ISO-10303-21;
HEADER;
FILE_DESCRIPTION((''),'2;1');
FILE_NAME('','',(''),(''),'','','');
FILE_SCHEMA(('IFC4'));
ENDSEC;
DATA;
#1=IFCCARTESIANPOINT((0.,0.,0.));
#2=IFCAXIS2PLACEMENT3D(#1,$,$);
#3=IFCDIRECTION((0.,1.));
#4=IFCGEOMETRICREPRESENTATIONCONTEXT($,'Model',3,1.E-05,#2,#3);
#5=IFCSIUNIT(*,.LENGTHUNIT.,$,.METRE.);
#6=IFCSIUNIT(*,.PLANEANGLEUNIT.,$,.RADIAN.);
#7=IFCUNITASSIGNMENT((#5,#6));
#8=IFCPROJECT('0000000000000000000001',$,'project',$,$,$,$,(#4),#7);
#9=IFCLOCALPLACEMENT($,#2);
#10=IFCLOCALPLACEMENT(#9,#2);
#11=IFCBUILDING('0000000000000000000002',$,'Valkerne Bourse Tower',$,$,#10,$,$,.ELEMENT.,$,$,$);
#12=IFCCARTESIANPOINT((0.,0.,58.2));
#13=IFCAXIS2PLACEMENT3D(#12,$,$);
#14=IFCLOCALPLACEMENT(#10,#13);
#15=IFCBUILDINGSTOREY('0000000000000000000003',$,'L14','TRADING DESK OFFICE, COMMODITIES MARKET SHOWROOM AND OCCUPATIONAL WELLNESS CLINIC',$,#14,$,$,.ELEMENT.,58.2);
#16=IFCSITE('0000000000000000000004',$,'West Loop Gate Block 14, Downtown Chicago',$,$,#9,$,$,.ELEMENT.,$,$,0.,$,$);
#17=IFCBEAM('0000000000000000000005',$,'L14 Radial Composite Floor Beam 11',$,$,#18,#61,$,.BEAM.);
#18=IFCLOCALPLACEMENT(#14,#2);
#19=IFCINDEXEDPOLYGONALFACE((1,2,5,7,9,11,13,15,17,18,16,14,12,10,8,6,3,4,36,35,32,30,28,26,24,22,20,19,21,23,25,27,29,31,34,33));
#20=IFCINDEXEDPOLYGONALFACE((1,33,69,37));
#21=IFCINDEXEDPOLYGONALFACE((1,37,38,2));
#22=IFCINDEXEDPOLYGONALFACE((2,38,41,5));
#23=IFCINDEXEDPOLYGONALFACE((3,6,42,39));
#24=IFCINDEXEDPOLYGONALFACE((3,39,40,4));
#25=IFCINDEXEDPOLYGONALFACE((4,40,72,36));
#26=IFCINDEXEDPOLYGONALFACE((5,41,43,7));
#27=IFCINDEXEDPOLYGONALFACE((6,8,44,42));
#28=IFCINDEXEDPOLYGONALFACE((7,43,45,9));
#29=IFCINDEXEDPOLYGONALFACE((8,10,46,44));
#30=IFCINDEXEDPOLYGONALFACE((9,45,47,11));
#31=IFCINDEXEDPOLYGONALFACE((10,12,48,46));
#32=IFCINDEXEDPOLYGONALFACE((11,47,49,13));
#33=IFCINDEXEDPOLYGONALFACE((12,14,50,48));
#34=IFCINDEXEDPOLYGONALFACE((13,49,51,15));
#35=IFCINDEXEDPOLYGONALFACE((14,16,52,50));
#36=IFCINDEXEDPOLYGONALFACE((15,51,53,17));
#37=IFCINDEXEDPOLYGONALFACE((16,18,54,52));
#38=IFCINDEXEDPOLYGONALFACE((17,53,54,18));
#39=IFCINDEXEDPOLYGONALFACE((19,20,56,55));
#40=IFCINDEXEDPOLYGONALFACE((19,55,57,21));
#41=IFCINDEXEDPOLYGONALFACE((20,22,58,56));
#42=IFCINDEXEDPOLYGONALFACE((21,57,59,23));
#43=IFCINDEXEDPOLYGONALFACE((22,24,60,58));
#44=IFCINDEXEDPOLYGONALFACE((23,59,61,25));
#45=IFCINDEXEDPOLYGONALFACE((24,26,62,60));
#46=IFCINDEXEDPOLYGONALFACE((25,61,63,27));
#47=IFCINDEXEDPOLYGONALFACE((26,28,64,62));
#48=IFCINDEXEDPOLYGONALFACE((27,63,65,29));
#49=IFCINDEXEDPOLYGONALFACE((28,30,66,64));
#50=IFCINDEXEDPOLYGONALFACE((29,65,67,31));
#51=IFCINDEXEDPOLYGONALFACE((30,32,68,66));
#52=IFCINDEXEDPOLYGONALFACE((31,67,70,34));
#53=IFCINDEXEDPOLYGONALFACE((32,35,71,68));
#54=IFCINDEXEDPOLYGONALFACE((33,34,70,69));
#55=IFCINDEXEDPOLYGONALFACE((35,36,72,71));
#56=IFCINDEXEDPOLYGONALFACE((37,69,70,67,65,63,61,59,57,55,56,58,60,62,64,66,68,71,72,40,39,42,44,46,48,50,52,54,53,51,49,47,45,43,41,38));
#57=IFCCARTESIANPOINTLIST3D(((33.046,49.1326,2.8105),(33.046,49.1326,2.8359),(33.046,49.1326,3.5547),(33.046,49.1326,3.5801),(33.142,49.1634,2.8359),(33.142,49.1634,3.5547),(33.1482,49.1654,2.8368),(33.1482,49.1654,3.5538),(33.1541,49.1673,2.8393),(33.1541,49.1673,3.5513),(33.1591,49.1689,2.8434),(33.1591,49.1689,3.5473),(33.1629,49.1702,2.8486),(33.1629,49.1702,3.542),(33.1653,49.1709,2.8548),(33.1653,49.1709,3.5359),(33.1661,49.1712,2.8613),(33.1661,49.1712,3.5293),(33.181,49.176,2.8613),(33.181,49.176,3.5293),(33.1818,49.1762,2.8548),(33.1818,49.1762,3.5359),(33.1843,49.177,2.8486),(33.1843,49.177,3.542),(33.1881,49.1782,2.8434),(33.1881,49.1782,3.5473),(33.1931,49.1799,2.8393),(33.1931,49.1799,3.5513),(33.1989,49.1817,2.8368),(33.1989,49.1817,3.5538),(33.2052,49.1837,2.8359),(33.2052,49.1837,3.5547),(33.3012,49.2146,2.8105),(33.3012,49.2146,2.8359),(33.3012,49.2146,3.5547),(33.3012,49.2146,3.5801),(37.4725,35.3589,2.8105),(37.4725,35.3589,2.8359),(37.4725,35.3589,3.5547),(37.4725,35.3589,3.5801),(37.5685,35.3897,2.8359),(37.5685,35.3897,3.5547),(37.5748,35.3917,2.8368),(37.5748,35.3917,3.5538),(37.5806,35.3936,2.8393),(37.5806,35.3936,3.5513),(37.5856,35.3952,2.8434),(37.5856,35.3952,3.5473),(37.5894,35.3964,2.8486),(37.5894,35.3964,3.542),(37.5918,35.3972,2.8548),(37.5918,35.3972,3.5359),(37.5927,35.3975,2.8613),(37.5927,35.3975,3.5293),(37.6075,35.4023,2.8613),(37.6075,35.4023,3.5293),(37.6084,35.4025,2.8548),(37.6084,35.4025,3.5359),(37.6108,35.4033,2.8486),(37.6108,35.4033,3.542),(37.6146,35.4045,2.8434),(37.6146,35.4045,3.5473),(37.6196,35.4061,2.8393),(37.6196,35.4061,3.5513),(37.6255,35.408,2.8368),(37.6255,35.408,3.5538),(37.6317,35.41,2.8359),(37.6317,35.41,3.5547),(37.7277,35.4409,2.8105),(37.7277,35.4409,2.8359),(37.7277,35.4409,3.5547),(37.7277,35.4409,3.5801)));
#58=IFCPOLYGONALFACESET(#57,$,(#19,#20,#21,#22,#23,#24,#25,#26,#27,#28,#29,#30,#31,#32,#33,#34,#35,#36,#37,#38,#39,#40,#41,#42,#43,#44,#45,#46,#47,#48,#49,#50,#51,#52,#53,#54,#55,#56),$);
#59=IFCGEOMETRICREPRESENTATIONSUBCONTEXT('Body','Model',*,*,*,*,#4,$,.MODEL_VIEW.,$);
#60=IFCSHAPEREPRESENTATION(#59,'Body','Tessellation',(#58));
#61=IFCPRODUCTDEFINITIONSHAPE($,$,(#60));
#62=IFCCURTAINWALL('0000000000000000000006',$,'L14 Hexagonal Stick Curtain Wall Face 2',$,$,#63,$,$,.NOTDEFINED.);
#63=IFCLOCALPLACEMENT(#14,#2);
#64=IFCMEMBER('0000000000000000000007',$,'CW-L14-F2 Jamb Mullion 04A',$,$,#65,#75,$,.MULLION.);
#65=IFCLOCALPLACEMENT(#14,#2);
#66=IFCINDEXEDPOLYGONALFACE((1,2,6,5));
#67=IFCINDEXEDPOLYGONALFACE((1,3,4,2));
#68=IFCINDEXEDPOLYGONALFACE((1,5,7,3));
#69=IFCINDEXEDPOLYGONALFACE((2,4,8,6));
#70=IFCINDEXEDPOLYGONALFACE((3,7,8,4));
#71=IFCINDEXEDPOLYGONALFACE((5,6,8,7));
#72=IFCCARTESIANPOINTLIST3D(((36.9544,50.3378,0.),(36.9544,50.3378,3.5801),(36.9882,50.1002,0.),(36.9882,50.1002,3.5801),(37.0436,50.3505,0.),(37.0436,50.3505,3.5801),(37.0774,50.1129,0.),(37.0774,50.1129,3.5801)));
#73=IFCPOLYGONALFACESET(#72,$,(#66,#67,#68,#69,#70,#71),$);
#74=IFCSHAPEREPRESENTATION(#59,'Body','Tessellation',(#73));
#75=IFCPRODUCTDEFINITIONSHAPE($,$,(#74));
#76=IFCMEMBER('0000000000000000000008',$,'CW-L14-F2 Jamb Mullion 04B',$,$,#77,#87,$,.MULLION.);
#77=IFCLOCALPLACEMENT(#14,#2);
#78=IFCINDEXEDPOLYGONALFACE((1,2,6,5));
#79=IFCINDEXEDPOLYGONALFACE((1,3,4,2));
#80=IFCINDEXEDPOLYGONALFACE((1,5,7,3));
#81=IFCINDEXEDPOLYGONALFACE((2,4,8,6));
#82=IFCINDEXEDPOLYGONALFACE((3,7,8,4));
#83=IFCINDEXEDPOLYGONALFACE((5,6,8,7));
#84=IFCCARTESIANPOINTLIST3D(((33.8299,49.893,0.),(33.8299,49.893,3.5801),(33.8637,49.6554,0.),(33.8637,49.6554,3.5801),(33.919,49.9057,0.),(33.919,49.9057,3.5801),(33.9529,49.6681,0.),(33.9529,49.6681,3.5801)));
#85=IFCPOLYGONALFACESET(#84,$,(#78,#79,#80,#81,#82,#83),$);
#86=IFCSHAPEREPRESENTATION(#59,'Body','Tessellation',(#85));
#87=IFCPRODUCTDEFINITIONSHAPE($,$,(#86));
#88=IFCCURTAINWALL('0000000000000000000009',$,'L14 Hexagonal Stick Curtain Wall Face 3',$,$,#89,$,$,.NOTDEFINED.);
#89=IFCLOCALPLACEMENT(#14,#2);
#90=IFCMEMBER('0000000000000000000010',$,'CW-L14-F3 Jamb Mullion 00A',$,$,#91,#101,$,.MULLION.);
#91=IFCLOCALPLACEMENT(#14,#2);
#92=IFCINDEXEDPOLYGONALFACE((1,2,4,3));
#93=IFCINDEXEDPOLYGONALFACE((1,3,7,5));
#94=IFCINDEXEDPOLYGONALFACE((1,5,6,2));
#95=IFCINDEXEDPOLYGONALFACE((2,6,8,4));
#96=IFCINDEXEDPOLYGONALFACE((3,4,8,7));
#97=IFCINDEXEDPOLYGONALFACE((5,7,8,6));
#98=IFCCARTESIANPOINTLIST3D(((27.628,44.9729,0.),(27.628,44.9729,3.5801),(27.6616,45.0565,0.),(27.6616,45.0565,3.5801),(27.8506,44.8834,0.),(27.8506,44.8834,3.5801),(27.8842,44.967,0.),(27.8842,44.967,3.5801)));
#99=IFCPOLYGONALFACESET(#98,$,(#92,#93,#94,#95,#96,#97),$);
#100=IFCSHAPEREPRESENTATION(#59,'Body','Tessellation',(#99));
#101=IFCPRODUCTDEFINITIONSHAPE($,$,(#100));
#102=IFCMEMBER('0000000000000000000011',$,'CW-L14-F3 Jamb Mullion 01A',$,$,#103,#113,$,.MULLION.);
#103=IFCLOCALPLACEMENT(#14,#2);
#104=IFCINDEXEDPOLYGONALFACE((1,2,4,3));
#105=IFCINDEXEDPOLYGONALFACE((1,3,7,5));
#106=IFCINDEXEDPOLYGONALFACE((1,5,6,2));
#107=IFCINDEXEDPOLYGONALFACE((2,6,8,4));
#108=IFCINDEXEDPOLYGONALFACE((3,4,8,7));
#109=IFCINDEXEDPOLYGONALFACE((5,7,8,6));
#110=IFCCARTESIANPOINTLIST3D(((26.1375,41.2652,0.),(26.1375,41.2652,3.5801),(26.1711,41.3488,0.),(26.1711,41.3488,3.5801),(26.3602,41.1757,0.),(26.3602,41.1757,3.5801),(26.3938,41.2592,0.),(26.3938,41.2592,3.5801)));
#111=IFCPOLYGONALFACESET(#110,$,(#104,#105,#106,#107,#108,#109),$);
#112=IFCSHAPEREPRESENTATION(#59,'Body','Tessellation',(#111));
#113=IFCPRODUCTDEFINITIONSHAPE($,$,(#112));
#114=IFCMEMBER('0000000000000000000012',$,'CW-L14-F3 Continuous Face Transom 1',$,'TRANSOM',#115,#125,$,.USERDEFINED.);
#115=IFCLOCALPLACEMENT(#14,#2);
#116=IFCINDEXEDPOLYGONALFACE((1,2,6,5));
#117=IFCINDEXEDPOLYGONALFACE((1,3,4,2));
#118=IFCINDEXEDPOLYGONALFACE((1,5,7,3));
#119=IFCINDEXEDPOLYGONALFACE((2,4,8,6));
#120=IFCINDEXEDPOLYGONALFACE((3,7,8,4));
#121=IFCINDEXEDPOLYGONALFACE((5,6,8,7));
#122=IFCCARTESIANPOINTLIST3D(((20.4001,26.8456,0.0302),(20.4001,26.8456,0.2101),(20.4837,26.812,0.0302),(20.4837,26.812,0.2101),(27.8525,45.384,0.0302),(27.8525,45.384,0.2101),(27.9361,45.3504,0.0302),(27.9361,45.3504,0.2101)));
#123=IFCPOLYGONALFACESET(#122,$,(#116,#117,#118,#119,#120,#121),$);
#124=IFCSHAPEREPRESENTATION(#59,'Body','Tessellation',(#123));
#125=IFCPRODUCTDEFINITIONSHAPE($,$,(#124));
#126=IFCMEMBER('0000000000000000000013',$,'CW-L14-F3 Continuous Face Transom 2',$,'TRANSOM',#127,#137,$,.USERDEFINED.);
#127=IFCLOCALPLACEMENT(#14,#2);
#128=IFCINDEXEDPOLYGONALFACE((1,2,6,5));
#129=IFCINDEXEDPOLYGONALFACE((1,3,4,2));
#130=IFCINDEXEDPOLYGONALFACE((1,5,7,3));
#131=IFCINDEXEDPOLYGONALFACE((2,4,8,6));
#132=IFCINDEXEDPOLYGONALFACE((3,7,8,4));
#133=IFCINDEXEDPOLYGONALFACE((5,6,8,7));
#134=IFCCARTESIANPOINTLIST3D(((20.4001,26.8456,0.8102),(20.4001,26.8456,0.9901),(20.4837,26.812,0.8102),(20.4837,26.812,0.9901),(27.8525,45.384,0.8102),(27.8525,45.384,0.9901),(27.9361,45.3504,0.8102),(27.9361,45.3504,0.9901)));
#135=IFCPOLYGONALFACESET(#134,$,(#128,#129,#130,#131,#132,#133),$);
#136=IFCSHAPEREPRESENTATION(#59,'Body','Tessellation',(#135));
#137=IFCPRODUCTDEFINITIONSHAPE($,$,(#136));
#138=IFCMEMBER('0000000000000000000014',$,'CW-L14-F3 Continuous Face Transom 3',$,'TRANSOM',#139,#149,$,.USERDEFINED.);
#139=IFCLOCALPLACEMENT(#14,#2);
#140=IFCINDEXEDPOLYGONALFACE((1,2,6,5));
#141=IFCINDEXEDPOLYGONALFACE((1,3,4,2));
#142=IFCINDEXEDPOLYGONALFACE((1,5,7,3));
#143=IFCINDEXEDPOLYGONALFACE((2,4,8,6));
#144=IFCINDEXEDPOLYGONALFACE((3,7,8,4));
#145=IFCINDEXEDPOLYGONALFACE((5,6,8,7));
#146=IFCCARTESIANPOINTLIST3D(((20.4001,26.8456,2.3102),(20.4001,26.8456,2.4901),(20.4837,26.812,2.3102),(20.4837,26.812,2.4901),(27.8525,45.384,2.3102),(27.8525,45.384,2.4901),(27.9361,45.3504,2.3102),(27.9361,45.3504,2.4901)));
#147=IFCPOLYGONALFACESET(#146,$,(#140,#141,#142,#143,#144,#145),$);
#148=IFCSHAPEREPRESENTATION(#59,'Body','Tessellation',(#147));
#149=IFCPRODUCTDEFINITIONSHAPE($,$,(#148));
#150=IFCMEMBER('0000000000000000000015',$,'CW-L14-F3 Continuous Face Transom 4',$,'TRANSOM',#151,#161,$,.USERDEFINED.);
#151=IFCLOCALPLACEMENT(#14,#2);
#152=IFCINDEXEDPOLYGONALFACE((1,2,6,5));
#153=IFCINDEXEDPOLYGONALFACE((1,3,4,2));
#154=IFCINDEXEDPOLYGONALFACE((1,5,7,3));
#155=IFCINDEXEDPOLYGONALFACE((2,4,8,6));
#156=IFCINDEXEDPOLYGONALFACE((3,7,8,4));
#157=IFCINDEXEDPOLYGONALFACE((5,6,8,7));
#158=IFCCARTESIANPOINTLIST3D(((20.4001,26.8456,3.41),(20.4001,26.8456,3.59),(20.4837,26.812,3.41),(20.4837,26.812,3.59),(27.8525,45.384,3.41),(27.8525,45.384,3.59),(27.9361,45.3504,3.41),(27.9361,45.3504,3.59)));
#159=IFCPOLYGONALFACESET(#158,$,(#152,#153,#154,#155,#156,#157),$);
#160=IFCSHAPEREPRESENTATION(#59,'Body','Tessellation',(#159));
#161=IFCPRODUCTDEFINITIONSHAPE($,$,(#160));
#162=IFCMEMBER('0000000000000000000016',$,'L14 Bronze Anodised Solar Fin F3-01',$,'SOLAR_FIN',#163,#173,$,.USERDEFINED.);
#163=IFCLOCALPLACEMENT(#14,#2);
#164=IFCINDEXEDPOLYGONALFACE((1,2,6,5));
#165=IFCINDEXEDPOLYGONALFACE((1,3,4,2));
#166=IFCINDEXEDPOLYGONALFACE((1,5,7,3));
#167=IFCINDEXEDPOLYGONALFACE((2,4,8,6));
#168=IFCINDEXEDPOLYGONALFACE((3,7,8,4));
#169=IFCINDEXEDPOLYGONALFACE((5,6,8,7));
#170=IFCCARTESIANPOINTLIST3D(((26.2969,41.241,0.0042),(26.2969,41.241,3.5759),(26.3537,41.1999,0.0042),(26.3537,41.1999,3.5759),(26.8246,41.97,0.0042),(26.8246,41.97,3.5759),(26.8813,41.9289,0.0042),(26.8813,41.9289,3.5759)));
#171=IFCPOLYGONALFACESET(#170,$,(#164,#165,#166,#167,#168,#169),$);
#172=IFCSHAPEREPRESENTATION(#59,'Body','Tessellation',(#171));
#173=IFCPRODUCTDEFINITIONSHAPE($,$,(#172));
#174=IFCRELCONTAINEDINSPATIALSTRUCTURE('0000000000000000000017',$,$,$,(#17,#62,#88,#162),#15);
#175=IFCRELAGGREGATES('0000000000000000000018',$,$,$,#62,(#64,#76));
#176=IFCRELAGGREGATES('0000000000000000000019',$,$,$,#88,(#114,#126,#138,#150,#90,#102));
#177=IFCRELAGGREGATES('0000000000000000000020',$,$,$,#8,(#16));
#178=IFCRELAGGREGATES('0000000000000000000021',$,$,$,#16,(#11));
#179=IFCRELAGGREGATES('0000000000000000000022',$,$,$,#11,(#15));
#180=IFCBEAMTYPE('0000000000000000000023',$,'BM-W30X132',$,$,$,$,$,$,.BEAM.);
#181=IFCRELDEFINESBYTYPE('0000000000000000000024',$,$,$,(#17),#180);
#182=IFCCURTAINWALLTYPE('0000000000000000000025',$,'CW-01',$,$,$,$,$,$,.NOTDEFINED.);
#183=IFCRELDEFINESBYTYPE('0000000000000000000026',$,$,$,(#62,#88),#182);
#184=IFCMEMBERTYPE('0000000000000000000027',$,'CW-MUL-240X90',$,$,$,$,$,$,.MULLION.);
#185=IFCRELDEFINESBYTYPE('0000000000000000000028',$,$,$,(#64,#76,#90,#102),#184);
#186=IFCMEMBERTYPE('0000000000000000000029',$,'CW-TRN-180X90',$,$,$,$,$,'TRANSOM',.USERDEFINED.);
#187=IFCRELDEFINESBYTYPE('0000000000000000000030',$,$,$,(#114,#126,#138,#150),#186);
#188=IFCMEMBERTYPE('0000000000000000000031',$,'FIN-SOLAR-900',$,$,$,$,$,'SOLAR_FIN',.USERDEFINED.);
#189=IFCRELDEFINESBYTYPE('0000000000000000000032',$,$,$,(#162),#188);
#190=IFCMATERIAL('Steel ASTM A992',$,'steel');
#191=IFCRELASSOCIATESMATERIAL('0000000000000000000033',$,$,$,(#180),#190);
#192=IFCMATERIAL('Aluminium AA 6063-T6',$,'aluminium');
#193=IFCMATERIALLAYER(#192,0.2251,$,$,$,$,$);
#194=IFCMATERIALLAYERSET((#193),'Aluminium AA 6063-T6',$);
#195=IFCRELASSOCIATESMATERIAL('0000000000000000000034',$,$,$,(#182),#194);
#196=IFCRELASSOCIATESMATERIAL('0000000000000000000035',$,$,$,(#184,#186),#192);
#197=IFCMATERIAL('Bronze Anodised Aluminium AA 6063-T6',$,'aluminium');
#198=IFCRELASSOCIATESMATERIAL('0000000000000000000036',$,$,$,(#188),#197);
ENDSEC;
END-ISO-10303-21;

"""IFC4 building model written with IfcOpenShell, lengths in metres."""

from ifc_helpers import new_model, si_unit, direction, frame, origin, origin_2d, place, context, subcontext, project, spatial, rectangle, i_section, extrude, material, layer, layer_set, material_profile, profile_set, type_object, element, aggregate, save


model = new_model("IFC4")

# Units and contexts
model_context = context("Model", 3, precision=1e-05, world=origin(), true_north=direction((0.0, 1.0)))
body_context = subcontext(model_context, "Body", "Model", "MODEL_VIEW")
ifc_project = project(units=[si_unit("LENGTHUNIT", "METRE"), si_unit("PLANEANGLEUNIT", "RADIAN")], contexts=[model_context])

# Site, building, storey
site_placement = place(None, origin())
site = spatial("IfcSite", under=ifc_project, at=site_placement, Name="West Loop Gate Block 14, Downtown Chicago", CompositionType="ELEMENT", RefElevation=0.0)
building_placement = place(site_placement, origin())
building = spatial("IfcBuilding", under=site, at=building_placement, Name="Valkerne Bourse Tower", CompositionType="ELEMENT")
storey_placement = place(building_placement, frame((0.0, 0.0, 58.2)))
storey = spatial("IfcBuildingStorey", under=building, at=storey_placement, Name="L14", Description="TRADING DESK OFFICE, COMMODITIES MARKET SHOWROOM AND OCCUPATIONAL WELLNESS CLINIC", CompositionType="ELEMENT", Elevation=58.2)

# Beam
ifc_material_1 = material(Name="Steel ASTM A992", Category="steel")
ifc_material_profile_1 = material_profile(ifc_material_1, i_section(OverallWidth=0.2681, OverallDepth=0.7695, WebThickness=0.0156, FlangeThickness=0.0254, FilletRadius=0.0254, at=origin_2d()), Name="W30X132")
ifc_profile_set_1 = profile_set([ifc_material_profile_1], Name="Steel ASTM A992")
beam_type_1 = type_object("IfcBeamType", Name="BM-W30X132", PredefinedType="BEAM", material=ifc_profile_set_1)
beam_1_placement = place(storey_placement, frame((33.1736, 49.1736, 3.1953), z_axis=(0.305963, -0.952043, 0.0), x_axis=(0.952043, 0.305963, 0.0)))
element("IfcBeam", 1, at=beam_1_placement, inside=storey, type_object=beam_type_1, Name="L14 Radial Composite Floor Beam 11", PredefinedType="BEAM", context=body_context, shape_type="SweptSolid", body=[
    extrude(i_section(OverallWidth=0.2681, OverallDepth=0.7695, WebThickness=0.0156, FlangeThickness=0.0254, FilletRadius=0.0254, at=origin_2d()), origin(), (0.0, 0.0, 1.0), 14.4675),
])

# Curtain walls, members
ifc_material_2 = material(Name="Aluminium AA 6063-T6", Category="aluminium")
ifc_layer_1 = layer(ifc_material_2, 0.2251)
ifc_layer_set_1 = layer_set([ifc_layer_1], Name="Aluminium AA 6063-T6")
curtain_wall_type = type_object("IfcCurtainWallType", Name="CW-01", PredefinedType="NOTDEFINED", material=ifc_layer_set_1)
curtain_wall_1_placement = place(storey_placement, origin())
curtain_wall_1 = element("IfcCurtainWall", 2, at=curtain_wall_1_placement, inside=storey, type_object=curtain_wall_type, Name="L14 Hexagonal Stick Curtain Wall Face 2", PredefinedType="NOTDEFINED")
ifc_material_profile_2 = material_profile(ifc_material_2, rectangle(XDim=0.0901, YDim=0.24, at=origin_2d()), Name="CWM-90X240")
ifc_profile_set_2 = profile_set([ifc_material_profile_2], Name="Aluminium AA 6063-T6")
member_type_1 = type_object("IfcMemberType", Name="CW-MUL-240X90", PredefinedType="MULLION", material=ifc_profile_set_2)
member_1_placement = place(storey_placement, frame((37.0159, 50.2253, 0.0), z_axis=(0.0, 0.0, 1.0), x_axis=(-0.990021, -0.140917, 0.0)))
member_1 = element("IfcMember", 3, at=member_1_placement, type_object=member_type_1, Name="CW-L14-F2 Jamb Mullion 04A", PredefinedType="MULLION", context=body_context, shape_type="SweptSolid", body=[
    extrude(rectangle(XDim=0.0901, YDim=0.24, at=origin_2d()), origin(), (0.0, 0.0, 1.0), 3.5801),
])
member_2_placement = place(storey_placement, frame((33.8914, 49.7805, 0.0), z_axis=(0.0, 0.0, 1.0), x_axis=(-0.990021, -0.140917, 0.0)))
member_2 = element("IfcMember", 4, at=member_2_placement, type_object=member_type_1, Name="CW-L14-F2 Jamb Mullion 04B", PredefinedType="MULLION", context=body_context, shape_type="SweptSolid", body=[
    extrude(rectangle(XDim=0.0901, YDim=0.24, at=origin_2d()), origin(), (0.0, 0.0, 1.0), 3.5801),
])
curtain_wall_2_placement = place(storey_placement, origin())
curtain_wall_2 = element("IfcCurtainWall", 5, at=curtain_wall_2_placement, inside=storey, type_object=curtain_wall_type, Name="L14 Hexagonal Stick Curtain Wall Face 3", PredefinedType="NOTDEFINED")
member_3_placement = place(storey_placement, frame((27.7561, 44.97, 0.0), z_axis=(0.0, 0.0, 1.0), x_axis=(-0.372999, -0.927832, 0.0)))
member_3 = element("IfcMember", 6, at=member_3_placement, type_object=member_type_1, Name="CW-L14-F3 Jamb Mullion 00A", PredefinedType="MULLION", context=body_context, shape_type="SweptSolid", body=[
    extrude(rectangle(XDim=0.0901, YDim=0.24, at=origin_2d()), origin(), (0.0, 0.0, 1.0), 3.5801),
])
member_4_placement = place(storey_placement, frame((26.2656, 41.2622, 0.0), z_axis=(0.0, 0.0, 1.0), x_axis=(-0.372969, -0.927844, 0.0)))
member_4 = element("IfcMember", 7, at=member_4_placement, type_object=member_type_1, Name="CW-L14-F3 Jamb Mullion 01A", PredefinedType="MULLION", context=body_context, shape_type="SweptSolid", body=[
    extrude(rectangle(XDim=0.0901, YDim=0.24, at=origin_2d()), origin(), (0.0, 0.0, 1.0), 3.5801),
])
ifc_material_profile_3 = material_profile(ifc_material_2, rectangle(XDim=0.0901, YDim=0.1799, at=origin_2d()), Name="CWT-90X180")
ifc_profile_set_3 = profile_set([ifc_material_profile_3], Name="Aluminium AA 6063-T6")
member_type_2 = type_object("IfcMemberType", Name="CW-TRN-180X90", ElementType="TRANSOM", PredefinedType="USERDEFINED", material=ifc_profile_set_3)
member_5_placement = place(storey_placement, frame((27.8943, 45.3672, 0.1201), z_axis=(-0.372989, -0.927836, 0.0), x_axis=(0.927836, -0.372989, 0.0)))
member_5 = element("IfcMember", 8, at=member_5_placement, type_object=member_type_2, Name="CW-L14-F3 Continuous Face Transom 1", ObjectType="TRANSOM", PredefinedType="USERDEFINED", context=body_context, shape_type="SweptSolid", body=[
    extrude(rectangle(XDim=0.0901, YDim=0.1799, at=origin_2d()), origin(), (0.0, 0.0, 1.0), 19.9802),
])
member_6_placement = place(storey_placement, frame((27.8943, 45.3672, 0.9001), z_axis=(-0.372989, -0.927836, 0.0), x_axis=(0.927836, -0.372989, 0.0)))
member_6 = element("IfcMember", 9, at=member_6_placement, type_object=member_type_2, Name="CW-L14-F3 Continuous Face Transom 2", ObjectType="TRANSOM", PredefinedType="USERDEFINED", context=body_context, shape_type="SweptSolid", body=[
    extrude(rectangle(XDim=0.0901, YDim=0.1799, at=origin_2d()), origin(), (0.0, 0.0, 1.0), 19.9802),
])
member_7_placement = place(storey_placement, frame((27.8943, 45.3672, 2.4001), z_axis=(-0.372989, -0.927836, 0.0), x_axis=(0.927836, -0.372989, 0.0)))
member_7 = element("IfcMember", 10, at=member_7_placement, type_object=member_type_2, Name="CW-L14-F3 Continuous Face Transom 3", ObjectType="TRANSOM", PredefinedType="USERDEFINED", context=body_context, shape_type="SweptSolid", body=[
    extrude(rectangle(XDim=0.0901, YDim=0.1799, at=origin_2d()), origin(), (0.0, 0.0, 1.0), 19.9802),
])
member_8_placement = place(storey_placement, frame((27.8943, 45.3672, 3.5), z_axis=(-0.372989, -0.927836, 0.0), x_axis=(0.927836, -0.372989, 0.0)))
member_8 = element("IfcMember", 11, at=member_8_placement, type_object=member_type_2, Name="CW-L14-F3 Continuous Face Transom 4", ObjectType="TRANSOM", PredefinedType="USERDEFINED", context=body_context, shape_type="SweptSolid", body=[
    extrude(rectangle(XDim=0.0901, YDim=0.1799, at=origin_2d()), origin(), (0.0, 0.0, 1.0), 19.9802),
])

# Member
ifc_material_3 = material(Name="Bronze Anodised Aluminium AA 6063-T6", Category="aluminium")
ifc_material_profile_4 = material_profile(ifc_material_3, rectangle(XDim=0.0701, YDim=0.8999, at=origin_2d()), Name="FIN-70X900")
ifc_profile_set_4 = profile_set([ifc_material_profile_4], Name="Bronze Anodised Aluminium AA 6063-T6")
member_type_3 = type_object("IfcMemberType", Name="FIN-SOLAR-900", ElementType="SOLAR_FIN", PredefinedType="USERDEFINED", material=ifc_profile_set_4)
member_9_placement = place(storey_placement, frame((26.5891, 41.585, 0.0042), z_axis=(0.0, 0.0, 1.0), x_axis=(-0.810071, 0.586332, 0.0)))
element("IfcMember", 12, at=member_9_placement, inside=storey, type_object=member_type_3, Name="L14 Bronze Anodised Solar Fin F3-01", ObjectType="SOLAR_FIN", PredefinedType="USERDEFINED", context=body_context, shape_type="SweptSolid", body=[
    extrude(rectangle(XDim=0.0701, YDim=0.8999, at=origin_2d()), origin(), (0.0, 0.0, 1.0), 3.5718),
])

aggregate(curtain_wall_1, [member_1, member_2])
aggregate(curtain_wall_2, [member_5, member_6, member_7, member_8, member_3, member_4])

save(model, "model.ifc")
